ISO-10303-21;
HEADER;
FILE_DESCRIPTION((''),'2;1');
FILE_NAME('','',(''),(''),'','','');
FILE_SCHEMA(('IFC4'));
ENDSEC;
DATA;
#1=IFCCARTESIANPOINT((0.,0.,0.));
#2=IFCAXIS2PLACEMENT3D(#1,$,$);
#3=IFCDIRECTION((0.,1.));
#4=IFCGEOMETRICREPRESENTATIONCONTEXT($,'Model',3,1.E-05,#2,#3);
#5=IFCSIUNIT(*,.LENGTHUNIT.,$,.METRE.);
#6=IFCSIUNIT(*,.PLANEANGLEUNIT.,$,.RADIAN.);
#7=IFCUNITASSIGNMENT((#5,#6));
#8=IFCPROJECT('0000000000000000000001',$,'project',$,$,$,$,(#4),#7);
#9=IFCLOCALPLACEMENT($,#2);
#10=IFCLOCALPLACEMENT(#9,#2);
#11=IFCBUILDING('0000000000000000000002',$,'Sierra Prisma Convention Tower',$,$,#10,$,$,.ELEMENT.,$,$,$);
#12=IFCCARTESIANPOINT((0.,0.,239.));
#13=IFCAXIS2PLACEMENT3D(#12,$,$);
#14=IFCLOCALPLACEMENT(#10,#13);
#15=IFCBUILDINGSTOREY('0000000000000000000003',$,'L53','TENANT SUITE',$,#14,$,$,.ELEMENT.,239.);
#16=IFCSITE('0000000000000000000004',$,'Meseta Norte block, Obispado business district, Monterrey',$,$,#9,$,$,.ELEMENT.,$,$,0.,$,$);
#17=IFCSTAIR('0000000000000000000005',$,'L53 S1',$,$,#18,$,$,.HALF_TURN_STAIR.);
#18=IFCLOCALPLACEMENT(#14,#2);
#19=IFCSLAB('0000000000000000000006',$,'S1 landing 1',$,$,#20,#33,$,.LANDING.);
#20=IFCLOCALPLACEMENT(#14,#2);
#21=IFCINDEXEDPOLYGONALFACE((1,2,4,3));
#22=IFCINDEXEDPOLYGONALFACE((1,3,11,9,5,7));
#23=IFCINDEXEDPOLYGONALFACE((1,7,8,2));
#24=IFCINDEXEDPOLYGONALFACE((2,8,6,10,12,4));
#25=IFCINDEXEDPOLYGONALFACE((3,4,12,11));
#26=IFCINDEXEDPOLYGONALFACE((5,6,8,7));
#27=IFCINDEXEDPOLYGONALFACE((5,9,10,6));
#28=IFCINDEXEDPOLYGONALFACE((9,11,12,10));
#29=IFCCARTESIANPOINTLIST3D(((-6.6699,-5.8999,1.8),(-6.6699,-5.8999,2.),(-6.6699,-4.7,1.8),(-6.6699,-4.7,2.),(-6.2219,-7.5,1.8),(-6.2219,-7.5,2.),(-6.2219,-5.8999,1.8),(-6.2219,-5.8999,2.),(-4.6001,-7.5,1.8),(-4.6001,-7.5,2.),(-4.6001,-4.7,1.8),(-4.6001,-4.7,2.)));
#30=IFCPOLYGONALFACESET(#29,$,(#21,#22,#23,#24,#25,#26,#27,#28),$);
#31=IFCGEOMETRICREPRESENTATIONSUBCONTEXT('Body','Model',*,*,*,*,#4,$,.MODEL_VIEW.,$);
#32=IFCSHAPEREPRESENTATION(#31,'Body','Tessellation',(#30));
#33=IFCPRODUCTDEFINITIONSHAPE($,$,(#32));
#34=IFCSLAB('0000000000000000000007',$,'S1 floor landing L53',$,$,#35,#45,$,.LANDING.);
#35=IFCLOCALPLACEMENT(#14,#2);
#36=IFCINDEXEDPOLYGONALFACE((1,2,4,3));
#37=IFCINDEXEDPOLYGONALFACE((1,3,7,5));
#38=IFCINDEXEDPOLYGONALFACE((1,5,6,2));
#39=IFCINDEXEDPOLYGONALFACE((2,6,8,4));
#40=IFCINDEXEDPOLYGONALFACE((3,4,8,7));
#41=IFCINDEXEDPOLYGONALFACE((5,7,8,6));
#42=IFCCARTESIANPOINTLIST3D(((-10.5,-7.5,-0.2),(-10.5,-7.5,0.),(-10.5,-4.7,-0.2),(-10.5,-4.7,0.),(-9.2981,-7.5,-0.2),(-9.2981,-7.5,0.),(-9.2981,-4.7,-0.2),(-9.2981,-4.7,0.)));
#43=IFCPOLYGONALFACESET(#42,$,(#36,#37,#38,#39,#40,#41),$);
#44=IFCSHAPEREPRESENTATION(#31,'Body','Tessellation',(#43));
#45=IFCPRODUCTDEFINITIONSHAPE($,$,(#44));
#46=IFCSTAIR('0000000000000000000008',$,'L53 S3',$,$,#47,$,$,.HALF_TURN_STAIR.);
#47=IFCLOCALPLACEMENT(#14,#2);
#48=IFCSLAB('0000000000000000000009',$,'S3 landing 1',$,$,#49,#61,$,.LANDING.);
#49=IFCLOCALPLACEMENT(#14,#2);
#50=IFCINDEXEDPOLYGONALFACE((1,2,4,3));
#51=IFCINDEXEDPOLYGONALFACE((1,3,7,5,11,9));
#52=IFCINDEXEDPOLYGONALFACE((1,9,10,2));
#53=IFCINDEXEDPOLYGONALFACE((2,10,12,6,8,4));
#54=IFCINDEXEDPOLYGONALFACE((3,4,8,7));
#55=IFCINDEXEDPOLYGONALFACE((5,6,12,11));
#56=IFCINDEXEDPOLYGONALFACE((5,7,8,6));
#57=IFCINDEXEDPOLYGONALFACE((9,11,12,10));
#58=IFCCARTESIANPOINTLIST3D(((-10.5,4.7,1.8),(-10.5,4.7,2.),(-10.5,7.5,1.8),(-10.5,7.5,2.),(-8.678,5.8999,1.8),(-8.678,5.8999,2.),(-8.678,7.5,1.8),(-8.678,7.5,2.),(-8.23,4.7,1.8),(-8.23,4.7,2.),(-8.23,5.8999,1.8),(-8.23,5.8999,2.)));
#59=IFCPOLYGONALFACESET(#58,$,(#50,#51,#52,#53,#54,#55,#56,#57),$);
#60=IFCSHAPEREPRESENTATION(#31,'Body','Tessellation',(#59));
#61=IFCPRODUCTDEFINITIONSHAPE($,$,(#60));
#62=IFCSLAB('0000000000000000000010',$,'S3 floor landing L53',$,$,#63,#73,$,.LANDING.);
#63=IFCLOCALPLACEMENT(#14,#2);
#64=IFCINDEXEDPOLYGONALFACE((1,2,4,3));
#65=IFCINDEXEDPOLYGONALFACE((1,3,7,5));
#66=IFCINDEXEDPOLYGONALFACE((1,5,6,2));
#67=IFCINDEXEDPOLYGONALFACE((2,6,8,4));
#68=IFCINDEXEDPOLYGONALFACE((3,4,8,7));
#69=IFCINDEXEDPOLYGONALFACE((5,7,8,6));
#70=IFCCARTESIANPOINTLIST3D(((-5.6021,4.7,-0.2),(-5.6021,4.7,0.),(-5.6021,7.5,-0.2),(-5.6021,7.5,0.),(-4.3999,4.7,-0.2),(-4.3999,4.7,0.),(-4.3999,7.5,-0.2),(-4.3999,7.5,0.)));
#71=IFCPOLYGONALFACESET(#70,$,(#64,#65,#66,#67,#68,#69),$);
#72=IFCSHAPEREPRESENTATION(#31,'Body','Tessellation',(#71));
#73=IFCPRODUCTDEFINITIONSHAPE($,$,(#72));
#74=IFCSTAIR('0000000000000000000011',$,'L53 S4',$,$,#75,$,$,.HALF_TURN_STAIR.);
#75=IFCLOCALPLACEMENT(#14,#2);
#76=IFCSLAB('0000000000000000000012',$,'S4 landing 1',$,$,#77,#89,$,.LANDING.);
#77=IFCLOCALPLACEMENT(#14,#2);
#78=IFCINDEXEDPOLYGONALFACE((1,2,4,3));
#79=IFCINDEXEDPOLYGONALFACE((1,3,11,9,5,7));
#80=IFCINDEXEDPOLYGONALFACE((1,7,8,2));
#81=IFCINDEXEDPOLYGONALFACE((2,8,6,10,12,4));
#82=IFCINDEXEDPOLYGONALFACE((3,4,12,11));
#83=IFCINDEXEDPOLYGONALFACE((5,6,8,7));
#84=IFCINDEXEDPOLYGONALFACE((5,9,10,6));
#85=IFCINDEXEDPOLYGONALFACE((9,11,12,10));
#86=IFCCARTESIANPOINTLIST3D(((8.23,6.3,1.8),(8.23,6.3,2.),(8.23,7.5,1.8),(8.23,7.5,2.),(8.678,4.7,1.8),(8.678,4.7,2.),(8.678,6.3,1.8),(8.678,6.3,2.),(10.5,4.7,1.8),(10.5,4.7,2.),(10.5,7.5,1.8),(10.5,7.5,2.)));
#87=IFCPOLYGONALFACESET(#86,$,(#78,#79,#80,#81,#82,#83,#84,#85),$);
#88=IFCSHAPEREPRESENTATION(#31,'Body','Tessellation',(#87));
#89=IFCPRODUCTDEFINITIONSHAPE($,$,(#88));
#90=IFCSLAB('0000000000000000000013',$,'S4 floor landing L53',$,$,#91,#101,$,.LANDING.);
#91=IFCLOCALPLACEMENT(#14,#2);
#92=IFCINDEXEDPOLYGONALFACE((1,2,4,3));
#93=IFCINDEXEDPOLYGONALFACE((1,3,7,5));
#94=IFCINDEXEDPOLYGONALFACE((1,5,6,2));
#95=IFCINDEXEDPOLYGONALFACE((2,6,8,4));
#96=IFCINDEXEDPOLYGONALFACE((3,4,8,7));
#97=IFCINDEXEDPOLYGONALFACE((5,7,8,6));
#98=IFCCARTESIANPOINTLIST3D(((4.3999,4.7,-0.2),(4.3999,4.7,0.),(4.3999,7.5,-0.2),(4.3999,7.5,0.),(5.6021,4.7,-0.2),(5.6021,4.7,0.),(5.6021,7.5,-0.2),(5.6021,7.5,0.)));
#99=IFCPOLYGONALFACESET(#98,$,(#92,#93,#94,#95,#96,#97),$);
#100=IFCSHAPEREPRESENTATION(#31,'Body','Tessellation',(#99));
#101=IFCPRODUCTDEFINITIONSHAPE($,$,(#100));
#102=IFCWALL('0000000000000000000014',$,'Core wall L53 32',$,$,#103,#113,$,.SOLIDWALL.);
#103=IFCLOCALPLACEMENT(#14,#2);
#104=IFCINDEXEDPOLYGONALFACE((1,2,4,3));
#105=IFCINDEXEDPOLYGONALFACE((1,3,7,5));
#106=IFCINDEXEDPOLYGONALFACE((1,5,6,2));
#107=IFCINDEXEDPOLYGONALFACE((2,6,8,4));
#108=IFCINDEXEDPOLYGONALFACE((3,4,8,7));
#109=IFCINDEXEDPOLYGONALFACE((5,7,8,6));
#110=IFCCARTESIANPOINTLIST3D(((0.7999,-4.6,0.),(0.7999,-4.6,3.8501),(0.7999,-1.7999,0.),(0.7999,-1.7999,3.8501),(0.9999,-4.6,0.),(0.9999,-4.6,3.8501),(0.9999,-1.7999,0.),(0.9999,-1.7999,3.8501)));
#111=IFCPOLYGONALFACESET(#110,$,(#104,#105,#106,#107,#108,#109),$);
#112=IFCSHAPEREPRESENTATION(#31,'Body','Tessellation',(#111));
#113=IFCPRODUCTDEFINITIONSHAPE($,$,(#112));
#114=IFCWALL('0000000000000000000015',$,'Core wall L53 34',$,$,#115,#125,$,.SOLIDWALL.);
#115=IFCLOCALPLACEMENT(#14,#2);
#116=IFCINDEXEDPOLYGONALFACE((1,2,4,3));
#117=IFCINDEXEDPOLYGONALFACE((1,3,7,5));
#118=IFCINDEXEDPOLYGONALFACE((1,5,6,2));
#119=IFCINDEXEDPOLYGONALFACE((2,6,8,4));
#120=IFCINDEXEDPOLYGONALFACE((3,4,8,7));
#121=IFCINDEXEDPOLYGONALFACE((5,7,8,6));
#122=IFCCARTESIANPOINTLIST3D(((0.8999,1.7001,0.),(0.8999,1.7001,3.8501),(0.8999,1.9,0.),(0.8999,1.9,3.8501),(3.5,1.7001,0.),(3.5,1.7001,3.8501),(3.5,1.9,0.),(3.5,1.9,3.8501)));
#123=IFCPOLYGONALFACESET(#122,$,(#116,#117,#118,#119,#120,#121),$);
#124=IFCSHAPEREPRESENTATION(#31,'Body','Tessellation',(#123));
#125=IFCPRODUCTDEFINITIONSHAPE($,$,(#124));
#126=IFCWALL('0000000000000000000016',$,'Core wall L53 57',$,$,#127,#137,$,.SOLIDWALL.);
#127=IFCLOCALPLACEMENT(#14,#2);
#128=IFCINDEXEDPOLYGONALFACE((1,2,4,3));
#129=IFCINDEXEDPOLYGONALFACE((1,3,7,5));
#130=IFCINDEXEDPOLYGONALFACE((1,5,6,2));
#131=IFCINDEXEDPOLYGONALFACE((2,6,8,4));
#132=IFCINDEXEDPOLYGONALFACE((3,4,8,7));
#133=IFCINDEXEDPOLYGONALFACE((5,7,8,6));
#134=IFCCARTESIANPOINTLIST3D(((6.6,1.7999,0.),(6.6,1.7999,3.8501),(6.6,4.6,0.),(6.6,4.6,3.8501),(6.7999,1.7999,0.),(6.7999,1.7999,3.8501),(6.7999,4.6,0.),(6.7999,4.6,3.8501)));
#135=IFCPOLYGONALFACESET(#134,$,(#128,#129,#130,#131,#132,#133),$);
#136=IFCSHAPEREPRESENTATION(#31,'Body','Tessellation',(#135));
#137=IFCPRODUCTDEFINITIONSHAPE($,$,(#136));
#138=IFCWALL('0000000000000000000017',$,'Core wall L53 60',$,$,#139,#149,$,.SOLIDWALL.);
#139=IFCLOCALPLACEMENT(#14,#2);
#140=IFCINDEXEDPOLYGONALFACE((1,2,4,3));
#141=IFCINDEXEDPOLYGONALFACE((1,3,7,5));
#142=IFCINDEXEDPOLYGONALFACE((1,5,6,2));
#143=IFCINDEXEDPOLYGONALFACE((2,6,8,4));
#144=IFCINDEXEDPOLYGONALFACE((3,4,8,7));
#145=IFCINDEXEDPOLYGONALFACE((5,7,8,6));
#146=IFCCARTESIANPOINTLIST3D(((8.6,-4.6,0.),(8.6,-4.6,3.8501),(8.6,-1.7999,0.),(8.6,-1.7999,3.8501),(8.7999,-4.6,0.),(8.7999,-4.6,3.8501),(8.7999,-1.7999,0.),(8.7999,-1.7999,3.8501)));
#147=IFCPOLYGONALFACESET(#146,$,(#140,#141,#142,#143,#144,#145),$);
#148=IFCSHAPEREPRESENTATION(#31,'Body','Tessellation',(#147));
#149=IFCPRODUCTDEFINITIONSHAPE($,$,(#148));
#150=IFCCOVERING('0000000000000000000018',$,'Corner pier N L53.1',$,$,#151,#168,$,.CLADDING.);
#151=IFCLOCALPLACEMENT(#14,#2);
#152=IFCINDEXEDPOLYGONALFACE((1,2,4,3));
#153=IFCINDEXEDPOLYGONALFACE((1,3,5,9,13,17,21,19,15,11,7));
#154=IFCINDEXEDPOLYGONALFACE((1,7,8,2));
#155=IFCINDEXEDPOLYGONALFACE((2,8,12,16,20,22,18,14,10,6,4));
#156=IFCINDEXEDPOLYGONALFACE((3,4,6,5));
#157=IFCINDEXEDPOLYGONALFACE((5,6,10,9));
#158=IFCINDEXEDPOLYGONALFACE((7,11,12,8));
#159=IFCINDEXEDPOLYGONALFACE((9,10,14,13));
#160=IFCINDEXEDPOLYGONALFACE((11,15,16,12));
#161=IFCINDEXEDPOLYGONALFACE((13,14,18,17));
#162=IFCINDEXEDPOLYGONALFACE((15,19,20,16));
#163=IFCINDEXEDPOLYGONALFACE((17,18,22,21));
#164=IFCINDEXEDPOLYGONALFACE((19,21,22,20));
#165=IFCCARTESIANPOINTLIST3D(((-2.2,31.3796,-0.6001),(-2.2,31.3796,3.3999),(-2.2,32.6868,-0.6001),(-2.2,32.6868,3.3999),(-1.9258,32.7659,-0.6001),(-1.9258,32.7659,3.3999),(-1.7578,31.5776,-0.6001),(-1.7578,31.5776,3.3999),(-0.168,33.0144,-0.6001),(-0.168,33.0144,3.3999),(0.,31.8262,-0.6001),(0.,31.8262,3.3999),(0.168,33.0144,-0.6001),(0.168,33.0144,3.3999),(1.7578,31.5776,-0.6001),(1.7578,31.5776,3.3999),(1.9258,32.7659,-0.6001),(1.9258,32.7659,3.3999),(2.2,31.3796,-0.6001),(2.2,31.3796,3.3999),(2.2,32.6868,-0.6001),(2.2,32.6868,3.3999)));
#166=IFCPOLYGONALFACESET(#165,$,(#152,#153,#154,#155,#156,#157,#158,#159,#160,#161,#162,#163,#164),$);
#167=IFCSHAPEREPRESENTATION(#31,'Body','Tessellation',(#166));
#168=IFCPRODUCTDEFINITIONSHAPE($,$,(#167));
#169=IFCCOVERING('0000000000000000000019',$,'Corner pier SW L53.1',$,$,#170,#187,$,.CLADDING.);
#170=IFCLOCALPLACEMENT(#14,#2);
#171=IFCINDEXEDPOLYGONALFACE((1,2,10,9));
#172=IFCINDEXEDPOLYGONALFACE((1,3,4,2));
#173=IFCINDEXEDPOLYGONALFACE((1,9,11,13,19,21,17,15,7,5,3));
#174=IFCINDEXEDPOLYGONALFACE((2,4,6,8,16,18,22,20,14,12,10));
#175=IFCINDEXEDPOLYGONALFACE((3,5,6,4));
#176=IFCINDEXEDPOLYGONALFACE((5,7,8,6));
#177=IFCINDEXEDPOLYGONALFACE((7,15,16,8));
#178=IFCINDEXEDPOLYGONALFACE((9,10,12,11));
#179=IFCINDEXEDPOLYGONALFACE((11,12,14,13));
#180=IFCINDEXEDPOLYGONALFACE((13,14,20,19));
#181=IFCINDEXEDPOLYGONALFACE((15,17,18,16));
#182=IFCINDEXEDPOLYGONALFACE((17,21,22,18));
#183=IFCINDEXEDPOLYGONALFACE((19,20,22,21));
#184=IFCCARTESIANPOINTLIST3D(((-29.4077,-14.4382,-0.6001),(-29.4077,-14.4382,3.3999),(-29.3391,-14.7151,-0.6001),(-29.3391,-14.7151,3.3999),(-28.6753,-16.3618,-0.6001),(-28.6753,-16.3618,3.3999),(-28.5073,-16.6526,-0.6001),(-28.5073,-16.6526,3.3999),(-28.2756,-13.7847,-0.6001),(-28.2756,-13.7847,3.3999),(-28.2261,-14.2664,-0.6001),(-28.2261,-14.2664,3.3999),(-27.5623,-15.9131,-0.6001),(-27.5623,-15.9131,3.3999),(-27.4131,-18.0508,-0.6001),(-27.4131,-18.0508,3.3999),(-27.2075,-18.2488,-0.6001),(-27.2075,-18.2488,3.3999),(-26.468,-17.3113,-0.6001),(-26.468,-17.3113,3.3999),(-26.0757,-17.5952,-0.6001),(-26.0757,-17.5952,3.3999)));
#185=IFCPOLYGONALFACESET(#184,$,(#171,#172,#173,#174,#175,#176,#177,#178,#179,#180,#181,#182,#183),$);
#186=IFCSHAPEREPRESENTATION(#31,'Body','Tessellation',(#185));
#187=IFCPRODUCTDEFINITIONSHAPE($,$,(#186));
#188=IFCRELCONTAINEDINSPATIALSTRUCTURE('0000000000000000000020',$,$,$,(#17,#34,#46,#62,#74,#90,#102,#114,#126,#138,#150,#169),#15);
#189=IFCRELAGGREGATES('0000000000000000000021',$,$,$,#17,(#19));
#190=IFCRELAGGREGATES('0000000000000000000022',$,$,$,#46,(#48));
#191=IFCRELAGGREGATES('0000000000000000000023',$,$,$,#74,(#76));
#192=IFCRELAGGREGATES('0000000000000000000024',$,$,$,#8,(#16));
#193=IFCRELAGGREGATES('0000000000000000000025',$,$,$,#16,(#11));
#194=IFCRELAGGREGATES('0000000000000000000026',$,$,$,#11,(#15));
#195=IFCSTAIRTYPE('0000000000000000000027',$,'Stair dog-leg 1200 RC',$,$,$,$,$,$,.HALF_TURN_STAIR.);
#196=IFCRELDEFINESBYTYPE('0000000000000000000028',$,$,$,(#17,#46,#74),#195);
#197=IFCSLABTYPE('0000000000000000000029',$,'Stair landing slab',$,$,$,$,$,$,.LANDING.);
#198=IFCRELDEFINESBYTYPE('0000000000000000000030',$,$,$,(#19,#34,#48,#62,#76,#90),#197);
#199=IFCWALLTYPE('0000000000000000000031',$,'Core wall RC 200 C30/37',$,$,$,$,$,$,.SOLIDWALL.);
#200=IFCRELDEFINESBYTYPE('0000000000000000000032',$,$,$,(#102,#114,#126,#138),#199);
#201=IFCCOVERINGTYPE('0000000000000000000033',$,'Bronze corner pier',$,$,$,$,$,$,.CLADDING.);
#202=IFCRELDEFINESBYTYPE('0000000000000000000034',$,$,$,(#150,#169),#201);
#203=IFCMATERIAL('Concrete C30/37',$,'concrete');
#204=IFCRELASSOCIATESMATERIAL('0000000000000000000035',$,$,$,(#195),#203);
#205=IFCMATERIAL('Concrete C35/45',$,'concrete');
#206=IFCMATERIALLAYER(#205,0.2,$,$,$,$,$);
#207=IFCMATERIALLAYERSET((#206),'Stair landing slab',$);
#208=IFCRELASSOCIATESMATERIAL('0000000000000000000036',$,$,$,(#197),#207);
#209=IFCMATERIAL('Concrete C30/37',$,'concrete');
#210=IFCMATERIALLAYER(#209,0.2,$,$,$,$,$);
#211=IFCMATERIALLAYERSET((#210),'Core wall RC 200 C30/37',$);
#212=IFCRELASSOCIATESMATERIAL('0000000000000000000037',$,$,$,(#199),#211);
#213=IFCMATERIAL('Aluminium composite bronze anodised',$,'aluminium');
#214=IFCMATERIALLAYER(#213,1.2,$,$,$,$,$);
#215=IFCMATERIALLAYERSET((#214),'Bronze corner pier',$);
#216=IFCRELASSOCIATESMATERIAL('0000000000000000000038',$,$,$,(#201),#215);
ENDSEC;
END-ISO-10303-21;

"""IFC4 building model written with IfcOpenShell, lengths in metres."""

from ifc_helpers import new_model, si_unit, direction, frame, frame_2d, origin, place, context, subcontext, project, spatial, polyline, rectangle, outline, extrude, material, layer, layer_set, type_object, element, aggregate, save


model = new_model("IFC4")

# Units and contexts
model_context = context("Model", 3, precision=1e-05, world=origin(), true_north=direction((0.0, 1.0)))
body_context = subcontext(model_context, "Body", "Model", "MODEL_VIEW")
ifc_project = project(units=[si_unit("LENGTHUNIT", "METRE"), si_unit("PLANEANGLEUNIT", "RADIAN")], contexts=[model_context])

# Site, building, storey
site_placement = place(None, origin())
site = spatial("IfcSite", under=ifc_project, at=site_placement, Name="Meseta Norte block, Obispado business district, Monterrey", CompositionType="ELEMENT", RefElevation=0.0)
building_placement = place(site_placement, origin())
building = spatial("IfcBuilding", under=site, at=building_placement, Name="Sierra Prisma Convention Tower", CompositionType="ELEMENT")
storey_placement = place(building_placement, frame((0.0, 0.0, 239.0)))
storey = spatial("IfcBuildingStorey", under=building, at=storey_placement, Name="L53", Description="TENANT SUITE", CompositionType="ELEMENT", Elevation=239.0)

# Stair, slab
ifc_material_1 = material(Name="Concrete C30/37", Category="concrete")
stair_type = type_object("IfcStairType", Name="Stair dog-leg 1200 RC", PredefinedType="HALF_TURN_STAIR", material=ifc_material_1)
stair_1_placement = place(storey_placement, origin())
stair_1 = element("IfcStair", 1, at=stair_1_placement, inside=storey, type_object=stair_type, Name="L53 S1", PredefinedType="HALF_TURN_STAIR")
ifc_material_2 = material(Name="Concrete C35/45", Category="concrete")
ifc_layer_1 = layer(ifc_material_2, 0.2)
ifc_layer_set_1 = layer_set([ifc_layer_1], Name="Stair landing slab")
slab_type = type_object("IfcSlabType", Name="Stair landing slab", PredefinedType="LANDING", material=ifc_layer_set_1)
slab_1_placement = place(storey_placement, frame((0.0, 0.0, 1.8)))
slab_1 = element("IfcSlab", 2, at=slab_1_placement, type_object=slab_type, Name="S1 landing 1", PredefinedType="LANDING", context=body_context, shape_type="SweptSolid", body=[
    extrude(outline(polyline([(-4.6001, -4.7), (-4.6001, -7.5), (-6.2219, -7.5), (-6.2219, -5.8999), (-6.6699, -5.8999), (-6.6699, -4.7), (-4.6001, -4.7)])), origin(), (0.0, 0.0, 1.0), 0.2),
])
aggregate(stair_1, [slab_1])

# Slab
slab_2_placement = place(storey_placement, frame((0.0, 0.0, -0.2)))
element("IfcSlab", 3, at=slab_2_placement, inside=storey, type_object=slab_type, Name="S1 floor landing L53", PredefinedType="LANDING", context=body_context, shape_type="SweptSolid", body=[
    extrude(outline(polyline([(-10.5, -7.5), (-9.2981, -7.5), (-9.2981, -4.7), (-10.5, -4.7), (-10.5, -7.5)])), origin(), (0.0, 0.0, 1.0), 0.2),
])

# Stair, slab
stair_2_placement = place(storey_placement, origin())
stair_2 = element("IfcStair", 4, at=stair_2_placement, inside=storey, type_object=stair_type, Name="L53 S3", PredefinedType="HALF_TURN_STAIR")
slab_3_placement = place(storey_placement, frame((0.0, 0.0, 1.8)))
slab_3 = element("IfcSlab", 5, at=slab_3_placement, type_object=slab_type, Name="S3 landing 1", PredefinedType="LANDING", context=body_context, shape_type="SweptSolid", body=[
    extrude(outline(polyline([(-8.23, 5.8999), (-8.23, 4.7), (-10.5, 4.7), (-10.5, 7.5), (-8.678, 7.5), (-8.678, 5.8999), (-8.23, 5.8999)])), origin(), (0.0, 0.0, 1.0), 0.2),
])
aggregate(stair_2, [slab_3])

# Slab
slab_4_placement = place(storey_placement, frame((0.0, 0.0, -0.2)))
element("IfcSlab", 6, at=slab_4_placement, inside=storey, type_object=slab_type, Name="S3 floor landing L53", PredefinedType="LANDING", context=body_context, shape_type="SweptSolid", body=[
    extrude(outline(polyline([(-4.3999, 7.5), (-5.6021, 7.5), (-5.6021, 4.7), (-4.3999, 4.7), (-4.3999, 7.5)])), origin(), (0.0, 0.0, 1.0), 0.2),
])

# Stair, slab
stair_3_placement = place(storey_placement, origin())
stair_3 = element("IfcStair", 7, at=stair_3_placement, inside=storey, type_object=stair_type, Name="L53 S4", PredefinedType="HALF_TURN_STAIR")
slab_5_placement = place(storey_placement, frame((0.0, 0.0, 1.8)))
slab_5 = element("IfcSlab", 8, at=slab_5_placement, type_object=slab_type, Name="S4 landing 1", PredefinedType="LANDING", context=body_context, shape_type="SweptSolid", body=[
    extrude(outline(polyline([(10.5, 7.5), (10.5, 4.7), (8.678, 4.7), (8.678, 6.3), (8.23, 6.3), (8.23, 7.5), (10.5, 7.5)])), origin(), (0.0, 0.0, 1.0), 0.2),
])
aggregate(stair_3, [slab_5])

# Slab
slab_6_placement = place(storey_placement, frame((0.0, 0.0, -0.2)))
element("IfcSlab", 9, at=slab_6_placement, inside=storey, type_object=slab_type, Name="S4 floor landing L53", PredefinedType="LANDING", context=body_context, shape_type="SweptSolid", body=[
    extrude(outline(polyline([(4.3999, 4.7), (5.6021, 4.7), (5.6021, 7.5), (4.3999, 7.5), (4.3999, 4.7)])), origin(), (0.0, 0.0, 1.0), 0.2),
])

# Shared definitions
ifc_material_3 = material(Name="Concrete C30/37", Category="concrete")
ifc_layer_2 = layer(ifc_material_3, 0.2)
ifc_layer_set_2 = layer_set([ifc_layer_2], Name="Core wall RC 200 C30/37")
wall_type = type_object("IfcWallType", Name="Core wall RC 200 C30/37", PredefinedType="SOLIDWALL", material=ifc_layer_set_2)

# Walls
wall_1_placement = place(storey_placement, frame((0.8999, -1.8, 0.0), z_axis=(0.0, 0.0, 1.0), x_axis=(0.0, -1.0, 0.0)))
element("IfcWall", 10, at=wall_1_placement, inside=storey, type_object=wall_type, Name="Core wall L53 32", PredefinedType="SOLIDWALL", context=body_context, shape_type="SweptSolid", body=[
    extrude(rectangle(XDim=2.8, YDim=0.2, at=frame_2d((1.3999, 0.0))), origin(), (0.0, 0.0, 1.0), 3.8501),
])
wall_2_placement = place(storey_placement, frame((3.5, 1.8, 0.0), z_axis=(0.0, 0.0, 1.0), x_axis=(-1.0, 0.0, 0.0)))
element("IfcWall", 11, at=wall_2_placement, inside=storey, type_object=wall_type, Name="Core wall L53 34", PredefinedType="SOLIDWALL", context=body_context, shape_type="SweptSolid", body=[
    extrude(rectangle(XDim=2.6001, YDim=0.2, at=frame_2d((1.3, 0.0))), origin(), (0.0, 0.0, 1.0), 3.8501),
])

# Walls
for number, where, z_axis, x_axis, name in (
    (12, (6.7, 1.8, 0.0), (0.0, 0.0, 1.0), (0.0, 1.0, 0.0), "Core wall L53 57"),
    (13, (8.7, -1.8, 0.0), (0.0, 0.0, 1.0), (0.0, -1.0, 0.0), "Core wall L53 60"),
):
    element("IfcWall", number, at=place(storey_placement, frame(where, z_axis=z_axis, x_axis=x_axis)), inside=storey, type_object=wall_type, Name=name, PredefinedType="SOLIDWALL", context=body_context, shape_type="SweptSolid", body=[
        extrude(rectangle(XDim=2.8, YDim=0.2, at=frame_2d((1.3999, 0.0))), origin(), (0.0, 0.0, 1.0), 3.8501),
    ])

# Coverings
ifc_material_4 = material(Name="Aluminium composite bronze anodised", Category="aluminium")
ifc_layer_3 = layer(ifc_material_4, 1.2)
ifc_layer_set_3 = layer_set([ifc_layer_3], Name="Bronze corner pier")
covering_type = type_object("IfcCoveringType", Name="Bronze corner pier", PredefinedType="CLADDING", material=ifc_layer_set_3)
covering_1_placement = place(storey_placement, frame((0.0, 0.0, -0.6001)))
element("IfcCovering", 14, at=covering_1_placement, inside=storey, type_object=covering_type, Name="Corner pier N L53.1", PredefinedType="CLADDING", context=body_context, shape_type="SweptSolid", body=[
    extrude(outline(polyline([(-0.168, 33.0144), (0.168, 33.0144), (1.9258, 32.7659), (2.2, 32.6868), (2.2, 31.3796), (1.7578, 31.5776), (0.0, 31.8262), (-1.7578, 31.5776), (-2.2, 31.3796), (-2.2, 32.6868), (-1.9258, 32.7659), (-0.168, 33.0144)])), origin(), (0.0, 0.0, 1.0), 4.0),
])
covering_2_placement = place(storey_placement, frame((0.0, 0.0, -0.6001)))
element("IfcCovering", 15, at=covering_2_placement, inside=storey, type_object=covering_type, Name="Corner pier SW L53.1", PredefinedType="CLADDING", context=body_context, shape_type="SweptSolid", body=[
    extrude(outline(polyline([(-28.5073, -16.6526), (-28.6753, -16.3618), (-29.3391, -14.7151), (-29.4077, -14.4382), (-28.2756, -13.7847), (-28.2261, -14.2664), (-27.5623, -15.9131), (-26.468, -17.3113), (-26.0757, -17.5952), (-27.2075, -18.2488), (-27.4131, -18.0508), (-28.5073, -16.6526)])), origin(), (0.0, 0.0, 1.0), 4.0),
])

save(model, "model.ifc")
